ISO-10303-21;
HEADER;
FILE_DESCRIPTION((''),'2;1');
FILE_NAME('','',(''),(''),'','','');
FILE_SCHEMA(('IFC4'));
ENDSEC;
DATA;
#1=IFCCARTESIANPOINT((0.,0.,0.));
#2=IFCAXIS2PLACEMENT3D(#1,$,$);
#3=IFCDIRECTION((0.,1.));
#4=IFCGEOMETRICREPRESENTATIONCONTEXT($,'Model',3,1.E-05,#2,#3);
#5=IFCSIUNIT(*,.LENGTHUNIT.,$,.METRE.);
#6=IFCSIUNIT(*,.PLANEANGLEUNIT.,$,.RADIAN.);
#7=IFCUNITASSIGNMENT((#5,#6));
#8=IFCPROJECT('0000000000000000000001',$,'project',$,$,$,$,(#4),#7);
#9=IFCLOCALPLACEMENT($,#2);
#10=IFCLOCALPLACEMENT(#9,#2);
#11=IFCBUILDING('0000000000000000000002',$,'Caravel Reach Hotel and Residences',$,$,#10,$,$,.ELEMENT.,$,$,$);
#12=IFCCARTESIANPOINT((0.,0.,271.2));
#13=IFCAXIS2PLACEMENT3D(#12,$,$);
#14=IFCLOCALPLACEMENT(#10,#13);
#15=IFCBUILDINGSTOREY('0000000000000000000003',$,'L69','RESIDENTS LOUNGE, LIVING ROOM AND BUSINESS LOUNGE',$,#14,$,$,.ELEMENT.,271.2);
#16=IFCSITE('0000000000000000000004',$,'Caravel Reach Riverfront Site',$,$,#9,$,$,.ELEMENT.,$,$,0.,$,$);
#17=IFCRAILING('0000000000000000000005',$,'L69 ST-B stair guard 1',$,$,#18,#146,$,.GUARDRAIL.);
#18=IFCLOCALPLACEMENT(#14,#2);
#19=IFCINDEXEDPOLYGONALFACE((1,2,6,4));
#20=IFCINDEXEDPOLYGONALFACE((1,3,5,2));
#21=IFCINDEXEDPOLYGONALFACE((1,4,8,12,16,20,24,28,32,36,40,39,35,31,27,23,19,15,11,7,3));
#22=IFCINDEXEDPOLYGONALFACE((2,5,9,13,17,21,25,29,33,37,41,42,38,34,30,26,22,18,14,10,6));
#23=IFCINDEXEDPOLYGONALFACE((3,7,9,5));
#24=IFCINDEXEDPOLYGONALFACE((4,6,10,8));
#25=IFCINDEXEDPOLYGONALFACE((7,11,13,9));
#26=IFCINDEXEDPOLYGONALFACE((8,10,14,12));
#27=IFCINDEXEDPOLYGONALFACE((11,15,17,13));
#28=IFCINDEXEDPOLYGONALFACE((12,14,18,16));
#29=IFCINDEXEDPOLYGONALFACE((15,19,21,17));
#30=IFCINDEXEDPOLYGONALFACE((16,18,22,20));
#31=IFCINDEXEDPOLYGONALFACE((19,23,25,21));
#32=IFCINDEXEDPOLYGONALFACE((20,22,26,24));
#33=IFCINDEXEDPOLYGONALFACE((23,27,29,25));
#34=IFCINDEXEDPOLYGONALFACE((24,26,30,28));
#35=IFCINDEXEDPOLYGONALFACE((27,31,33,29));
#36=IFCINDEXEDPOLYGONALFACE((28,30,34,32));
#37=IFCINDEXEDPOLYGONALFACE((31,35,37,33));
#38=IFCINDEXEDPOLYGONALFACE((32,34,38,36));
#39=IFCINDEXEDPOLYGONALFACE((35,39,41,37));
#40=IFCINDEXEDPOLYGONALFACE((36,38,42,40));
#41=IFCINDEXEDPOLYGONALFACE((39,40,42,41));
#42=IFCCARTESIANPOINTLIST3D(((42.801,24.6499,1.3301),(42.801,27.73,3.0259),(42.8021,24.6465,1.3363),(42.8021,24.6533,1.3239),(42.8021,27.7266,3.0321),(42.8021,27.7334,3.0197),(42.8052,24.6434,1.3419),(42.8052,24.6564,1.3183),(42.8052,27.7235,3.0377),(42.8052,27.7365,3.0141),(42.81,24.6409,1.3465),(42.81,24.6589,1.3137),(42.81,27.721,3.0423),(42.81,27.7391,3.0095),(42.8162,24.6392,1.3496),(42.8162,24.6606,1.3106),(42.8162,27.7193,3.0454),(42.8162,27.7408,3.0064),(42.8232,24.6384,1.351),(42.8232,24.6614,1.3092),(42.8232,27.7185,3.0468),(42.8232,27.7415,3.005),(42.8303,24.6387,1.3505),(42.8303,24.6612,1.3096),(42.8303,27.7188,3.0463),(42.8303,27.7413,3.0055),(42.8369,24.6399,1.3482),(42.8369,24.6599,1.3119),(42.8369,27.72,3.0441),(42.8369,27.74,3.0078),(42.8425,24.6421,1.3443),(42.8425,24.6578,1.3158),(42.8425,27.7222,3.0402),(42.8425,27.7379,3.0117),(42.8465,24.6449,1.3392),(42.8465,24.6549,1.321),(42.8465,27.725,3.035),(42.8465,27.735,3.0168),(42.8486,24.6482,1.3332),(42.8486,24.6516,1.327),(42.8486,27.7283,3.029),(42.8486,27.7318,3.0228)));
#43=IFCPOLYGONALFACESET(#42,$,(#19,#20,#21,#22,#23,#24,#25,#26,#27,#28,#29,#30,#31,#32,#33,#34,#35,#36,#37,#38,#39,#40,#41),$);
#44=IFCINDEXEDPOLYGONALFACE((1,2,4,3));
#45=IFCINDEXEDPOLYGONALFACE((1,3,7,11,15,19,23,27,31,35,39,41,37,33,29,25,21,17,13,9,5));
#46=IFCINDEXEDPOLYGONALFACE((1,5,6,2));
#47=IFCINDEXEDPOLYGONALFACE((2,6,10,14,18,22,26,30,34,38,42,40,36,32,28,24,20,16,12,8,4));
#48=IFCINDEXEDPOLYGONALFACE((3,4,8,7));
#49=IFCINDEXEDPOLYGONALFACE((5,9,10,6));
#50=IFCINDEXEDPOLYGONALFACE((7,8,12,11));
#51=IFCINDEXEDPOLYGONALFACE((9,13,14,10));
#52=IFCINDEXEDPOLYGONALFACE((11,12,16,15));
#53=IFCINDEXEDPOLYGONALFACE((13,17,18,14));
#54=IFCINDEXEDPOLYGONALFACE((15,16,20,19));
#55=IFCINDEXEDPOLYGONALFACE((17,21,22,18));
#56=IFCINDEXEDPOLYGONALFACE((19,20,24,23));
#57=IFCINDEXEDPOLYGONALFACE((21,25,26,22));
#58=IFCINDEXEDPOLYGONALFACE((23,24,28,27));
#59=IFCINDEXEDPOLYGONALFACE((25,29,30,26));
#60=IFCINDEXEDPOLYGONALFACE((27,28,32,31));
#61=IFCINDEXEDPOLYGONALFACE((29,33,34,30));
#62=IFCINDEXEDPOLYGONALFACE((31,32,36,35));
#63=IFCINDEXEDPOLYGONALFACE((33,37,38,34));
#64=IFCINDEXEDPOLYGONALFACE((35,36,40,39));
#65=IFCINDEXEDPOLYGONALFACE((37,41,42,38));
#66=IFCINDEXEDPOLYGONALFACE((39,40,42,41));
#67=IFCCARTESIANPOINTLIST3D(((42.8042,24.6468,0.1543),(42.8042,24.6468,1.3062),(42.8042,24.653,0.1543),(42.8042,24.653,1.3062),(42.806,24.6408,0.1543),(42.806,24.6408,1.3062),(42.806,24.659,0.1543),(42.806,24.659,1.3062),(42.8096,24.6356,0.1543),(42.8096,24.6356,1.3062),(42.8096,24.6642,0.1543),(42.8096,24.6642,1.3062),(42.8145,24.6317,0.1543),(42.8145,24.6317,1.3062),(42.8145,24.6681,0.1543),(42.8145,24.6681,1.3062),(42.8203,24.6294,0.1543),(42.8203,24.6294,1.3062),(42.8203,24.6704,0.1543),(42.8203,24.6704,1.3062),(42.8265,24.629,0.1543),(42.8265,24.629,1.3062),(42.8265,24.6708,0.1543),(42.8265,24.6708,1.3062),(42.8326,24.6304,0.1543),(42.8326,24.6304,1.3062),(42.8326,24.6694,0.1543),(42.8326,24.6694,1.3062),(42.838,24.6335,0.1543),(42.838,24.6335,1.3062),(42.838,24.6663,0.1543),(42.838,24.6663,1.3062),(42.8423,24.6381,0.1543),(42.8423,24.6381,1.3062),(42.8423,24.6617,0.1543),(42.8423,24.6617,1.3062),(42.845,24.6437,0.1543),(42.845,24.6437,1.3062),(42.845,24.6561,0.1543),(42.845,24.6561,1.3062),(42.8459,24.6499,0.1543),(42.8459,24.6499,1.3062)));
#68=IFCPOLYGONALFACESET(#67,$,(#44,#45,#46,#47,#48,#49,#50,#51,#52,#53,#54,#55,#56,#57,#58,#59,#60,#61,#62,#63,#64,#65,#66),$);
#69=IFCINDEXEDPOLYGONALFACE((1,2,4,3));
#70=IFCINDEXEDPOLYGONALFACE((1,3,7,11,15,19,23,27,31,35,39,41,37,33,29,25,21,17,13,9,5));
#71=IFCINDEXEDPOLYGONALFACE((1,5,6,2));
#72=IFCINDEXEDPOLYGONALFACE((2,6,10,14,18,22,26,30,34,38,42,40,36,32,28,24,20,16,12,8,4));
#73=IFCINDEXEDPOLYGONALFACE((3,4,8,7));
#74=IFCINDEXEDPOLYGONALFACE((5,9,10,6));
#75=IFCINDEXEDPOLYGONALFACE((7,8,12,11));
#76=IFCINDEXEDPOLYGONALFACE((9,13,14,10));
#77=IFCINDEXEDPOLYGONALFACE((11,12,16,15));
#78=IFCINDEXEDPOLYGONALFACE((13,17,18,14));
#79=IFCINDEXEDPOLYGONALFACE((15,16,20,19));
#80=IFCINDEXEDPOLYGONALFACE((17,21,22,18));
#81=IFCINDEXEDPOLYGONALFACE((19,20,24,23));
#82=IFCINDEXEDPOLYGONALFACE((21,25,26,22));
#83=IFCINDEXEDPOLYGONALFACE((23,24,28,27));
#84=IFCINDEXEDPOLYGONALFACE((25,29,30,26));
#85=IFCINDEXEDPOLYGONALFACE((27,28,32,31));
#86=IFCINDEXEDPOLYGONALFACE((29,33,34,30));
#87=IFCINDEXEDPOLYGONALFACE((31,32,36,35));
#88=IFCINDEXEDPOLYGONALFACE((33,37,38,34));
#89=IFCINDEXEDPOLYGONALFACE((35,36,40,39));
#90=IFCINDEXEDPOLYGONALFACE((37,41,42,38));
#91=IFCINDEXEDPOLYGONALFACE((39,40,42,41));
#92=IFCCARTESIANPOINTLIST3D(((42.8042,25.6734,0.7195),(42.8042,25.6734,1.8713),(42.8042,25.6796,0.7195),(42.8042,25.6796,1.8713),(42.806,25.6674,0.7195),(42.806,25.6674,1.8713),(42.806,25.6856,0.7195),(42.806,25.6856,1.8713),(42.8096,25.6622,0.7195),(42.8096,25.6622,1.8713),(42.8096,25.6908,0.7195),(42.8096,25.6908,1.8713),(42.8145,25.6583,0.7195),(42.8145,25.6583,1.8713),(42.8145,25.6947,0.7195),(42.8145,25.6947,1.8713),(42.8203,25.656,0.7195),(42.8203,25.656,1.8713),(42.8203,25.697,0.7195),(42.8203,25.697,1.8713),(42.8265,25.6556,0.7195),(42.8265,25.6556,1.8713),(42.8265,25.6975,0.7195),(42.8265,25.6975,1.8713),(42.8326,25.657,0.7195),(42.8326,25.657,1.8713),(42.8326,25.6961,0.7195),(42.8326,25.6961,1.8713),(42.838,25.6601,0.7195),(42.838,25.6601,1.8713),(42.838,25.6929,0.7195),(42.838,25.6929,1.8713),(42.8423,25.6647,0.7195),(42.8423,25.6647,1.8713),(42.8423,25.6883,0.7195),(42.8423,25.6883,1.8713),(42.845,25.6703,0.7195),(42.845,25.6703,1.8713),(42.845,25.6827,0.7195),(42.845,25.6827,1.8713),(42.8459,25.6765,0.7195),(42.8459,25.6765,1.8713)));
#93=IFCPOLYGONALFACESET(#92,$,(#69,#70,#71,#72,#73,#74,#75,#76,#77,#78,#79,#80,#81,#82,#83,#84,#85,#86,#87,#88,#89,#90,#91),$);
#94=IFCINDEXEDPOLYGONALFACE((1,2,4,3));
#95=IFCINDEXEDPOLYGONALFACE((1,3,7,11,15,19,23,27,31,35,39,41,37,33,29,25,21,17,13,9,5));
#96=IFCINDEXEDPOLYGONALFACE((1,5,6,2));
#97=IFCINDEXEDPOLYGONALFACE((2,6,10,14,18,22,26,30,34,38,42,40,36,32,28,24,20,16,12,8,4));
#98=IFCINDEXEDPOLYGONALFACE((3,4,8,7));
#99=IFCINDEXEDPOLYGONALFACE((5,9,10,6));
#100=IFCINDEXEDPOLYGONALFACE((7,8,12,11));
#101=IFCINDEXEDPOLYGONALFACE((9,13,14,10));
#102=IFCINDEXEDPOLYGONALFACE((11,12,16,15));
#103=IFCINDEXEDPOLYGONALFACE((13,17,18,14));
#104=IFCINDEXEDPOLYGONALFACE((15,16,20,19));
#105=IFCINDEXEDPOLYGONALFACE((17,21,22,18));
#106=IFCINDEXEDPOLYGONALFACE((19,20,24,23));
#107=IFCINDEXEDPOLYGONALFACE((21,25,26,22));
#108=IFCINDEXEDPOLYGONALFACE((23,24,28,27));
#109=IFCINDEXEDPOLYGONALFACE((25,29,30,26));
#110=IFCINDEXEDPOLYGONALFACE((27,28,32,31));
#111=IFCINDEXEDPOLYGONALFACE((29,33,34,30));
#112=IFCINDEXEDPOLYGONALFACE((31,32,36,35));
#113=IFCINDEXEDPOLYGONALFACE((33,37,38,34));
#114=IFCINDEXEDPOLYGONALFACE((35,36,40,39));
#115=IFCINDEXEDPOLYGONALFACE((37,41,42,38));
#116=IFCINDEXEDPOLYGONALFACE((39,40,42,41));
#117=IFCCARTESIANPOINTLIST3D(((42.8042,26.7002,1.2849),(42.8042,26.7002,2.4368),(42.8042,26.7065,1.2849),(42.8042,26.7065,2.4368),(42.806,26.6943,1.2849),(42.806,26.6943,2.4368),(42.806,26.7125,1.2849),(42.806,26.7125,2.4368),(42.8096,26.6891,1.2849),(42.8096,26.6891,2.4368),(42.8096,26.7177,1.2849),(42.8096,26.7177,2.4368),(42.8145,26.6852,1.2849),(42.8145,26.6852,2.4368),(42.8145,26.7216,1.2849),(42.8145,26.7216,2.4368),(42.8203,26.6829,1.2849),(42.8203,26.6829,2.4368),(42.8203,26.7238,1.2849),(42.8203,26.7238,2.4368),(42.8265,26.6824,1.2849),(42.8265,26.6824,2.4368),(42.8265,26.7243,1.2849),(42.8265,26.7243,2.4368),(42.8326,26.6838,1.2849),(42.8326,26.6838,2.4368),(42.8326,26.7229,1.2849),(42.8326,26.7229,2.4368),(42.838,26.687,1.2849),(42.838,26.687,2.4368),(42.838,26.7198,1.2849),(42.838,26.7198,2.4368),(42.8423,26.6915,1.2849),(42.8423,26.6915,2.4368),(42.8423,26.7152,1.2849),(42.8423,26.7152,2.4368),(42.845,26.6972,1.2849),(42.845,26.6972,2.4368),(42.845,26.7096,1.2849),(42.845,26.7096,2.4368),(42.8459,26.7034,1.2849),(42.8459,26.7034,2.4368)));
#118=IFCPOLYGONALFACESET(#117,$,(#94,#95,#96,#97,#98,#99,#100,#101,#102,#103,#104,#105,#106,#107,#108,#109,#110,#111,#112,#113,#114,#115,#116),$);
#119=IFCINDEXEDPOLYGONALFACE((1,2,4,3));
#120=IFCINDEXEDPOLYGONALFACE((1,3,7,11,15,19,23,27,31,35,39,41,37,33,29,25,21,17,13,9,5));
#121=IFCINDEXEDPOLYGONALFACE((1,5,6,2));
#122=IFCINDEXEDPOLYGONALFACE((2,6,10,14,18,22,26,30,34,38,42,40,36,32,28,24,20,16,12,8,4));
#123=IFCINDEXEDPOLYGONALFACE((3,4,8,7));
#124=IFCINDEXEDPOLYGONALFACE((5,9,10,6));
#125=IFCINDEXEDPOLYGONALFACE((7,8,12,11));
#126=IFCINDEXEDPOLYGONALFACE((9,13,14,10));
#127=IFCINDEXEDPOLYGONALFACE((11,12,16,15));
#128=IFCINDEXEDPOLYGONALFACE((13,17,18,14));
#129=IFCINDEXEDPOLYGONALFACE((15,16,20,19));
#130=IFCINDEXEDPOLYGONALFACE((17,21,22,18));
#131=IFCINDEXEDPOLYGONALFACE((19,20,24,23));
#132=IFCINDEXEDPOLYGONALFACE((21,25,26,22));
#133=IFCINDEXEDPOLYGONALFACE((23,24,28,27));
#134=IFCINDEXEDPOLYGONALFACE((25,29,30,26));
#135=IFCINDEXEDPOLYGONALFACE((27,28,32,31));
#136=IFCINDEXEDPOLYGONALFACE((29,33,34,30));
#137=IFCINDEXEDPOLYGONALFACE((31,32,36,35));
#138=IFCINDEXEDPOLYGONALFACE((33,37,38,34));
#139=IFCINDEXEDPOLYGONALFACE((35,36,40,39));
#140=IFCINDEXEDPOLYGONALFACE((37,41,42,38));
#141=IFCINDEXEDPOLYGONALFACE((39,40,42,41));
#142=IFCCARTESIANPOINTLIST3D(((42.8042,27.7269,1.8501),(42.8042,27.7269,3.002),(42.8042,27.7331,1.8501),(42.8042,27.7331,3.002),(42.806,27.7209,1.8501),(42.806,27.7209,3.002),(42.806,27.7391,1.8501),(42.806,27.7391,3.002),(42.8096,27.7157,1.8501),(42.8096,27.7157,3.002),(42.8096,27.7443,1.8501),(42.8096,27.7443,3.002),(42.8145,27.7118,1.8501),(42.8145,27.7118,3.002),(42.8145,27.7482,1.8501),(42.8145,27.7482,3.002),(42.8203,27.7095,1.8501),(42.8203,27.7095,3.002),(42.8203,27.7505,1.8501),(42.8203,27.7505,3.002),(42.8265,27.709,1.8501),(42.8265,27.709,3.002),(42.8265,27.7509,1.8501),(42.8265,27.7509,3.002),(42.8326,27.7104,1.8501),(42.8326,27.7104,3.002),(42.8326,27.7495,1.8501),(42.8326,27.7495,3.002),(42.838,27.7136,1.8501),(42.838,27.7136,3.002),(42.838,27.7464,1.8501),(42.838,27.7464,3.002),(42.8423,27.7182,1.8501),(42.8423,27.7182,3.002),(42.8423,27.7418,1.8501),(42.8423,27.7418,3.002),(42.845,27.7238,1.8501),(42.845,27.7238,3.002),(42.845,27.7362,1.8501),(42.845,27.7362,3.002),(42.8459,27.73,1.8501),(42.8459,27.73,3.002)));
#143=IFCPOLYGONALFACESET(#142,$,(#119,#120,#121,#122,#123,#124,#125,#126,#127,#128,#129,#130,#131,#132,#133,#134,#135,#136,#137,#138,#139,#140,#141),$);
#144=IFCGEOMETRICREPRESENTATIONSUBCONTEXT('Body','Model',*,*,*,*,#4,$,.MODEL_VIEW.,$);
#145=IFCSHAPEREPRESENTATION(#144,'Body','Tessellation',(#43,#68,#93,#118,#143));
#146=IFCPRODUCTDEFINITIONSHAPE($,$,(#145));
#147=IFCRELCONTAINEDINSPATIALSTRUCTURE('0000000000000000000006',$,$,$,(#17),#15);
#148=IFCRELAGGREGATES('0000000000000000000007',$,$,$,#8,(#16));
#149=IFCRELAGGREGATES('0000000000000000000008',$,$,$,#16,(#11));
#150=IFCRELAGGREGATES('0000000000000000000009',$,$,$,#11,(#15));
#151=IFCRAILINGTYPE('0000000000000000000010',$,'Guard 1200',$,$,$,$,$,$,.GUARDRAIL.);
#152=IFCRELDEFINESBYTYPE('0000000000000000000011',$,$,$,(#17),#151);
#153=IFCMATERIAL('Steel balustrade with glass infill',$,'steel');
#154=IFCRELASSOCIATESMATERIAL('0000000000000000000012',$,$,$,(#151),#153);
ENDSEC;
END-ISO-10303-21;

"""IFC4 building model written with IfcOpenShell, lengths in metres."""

from ifc_helpers import new_model, si_unit, direction, frame, origin, origin_2d, place, context, subcontext, project, spatial, circle, extrude, material, type_object, element, save


model = new_model("IFC4")

# Units and contexts
model_context = context("Model", 3, precision=1e-05, world=origin(), true_north=direction((0.0, 1.0)))
body_context = subcontext(model_context, "Body", "Model", "MODEL_VIEW")
ifc_project = project(units=[si_unit("LENGTHUNIT", "METRE"), si_unit("PLANEANGLEUNIT", "RADIAN")], contexts=[model_context])

# Site, building, storey
site_placement = place(None, origin())
site = spatial("IfcSite", under=ifc_project, at=site_placement, Name="Caravel Reach Riverfront Site", CompositionType="ELEMENT", RefElevation=0.0)
building_placement = place(site_placement, origin())
building = spatial("IfcBuilding", under=site, at=building_placement, Name="Caravel Reach Hotel and Residences", CompositionType="ELEMENT")
storey_placement = place(building_placement, frame((0.0, 0.0, 271.2)))
storey = spatial("IfcBuildingStorey", under=building, at=storey_placement, Name="L69", Description="RESIDENTS LOUNGE, LIVING ROOM AND BUSINESS LOUNGE", CompositionType="ELEMENT", Elevation=271.2)

# Railing
ifc_material_1 = material(Name="Steel balustrade with glass infill", Category="steel")
railing_type_1 = type_object("IfcRailingType", Name="Guard 1200", PredefinedType="GUARDRAIL", material=ifc_material_1)
railing_1_placement = place(storey_placement, frame((42.825, 24.6499, 0.1543)))
element("IfcRailing", 1, at=railing_1_placement, inside=storey, type_object=railing_type_1, Name="L69 ST-B stair guard 1", PredefinedType="GUARDRAIL", context=body_context, shape_type="SweptSolid", body=[
    extrude(circle(Radius=0.0239, at=origin_2d()), frame((0.0, 0.0, 1.1758), z_axis=(0.0, 0.876005, 0.482303), x_axis=(-1.0, 0.0, 0.0)), (0.0, 0.0, 1.0), 3.5161),
    extrude(circle(Radius=0.021, at=origin_2d()), origin(), (0.0, 0.0, 1.0), 1.1519),
    extrude(circle(Radius=0.021, at=origin_2d()), frame((0.0, 1.0266, 0.5652)), (0.0, 0.0, 1.0), 1.1519),
    extrude(circle(Radius=0.021, at=origin_2d()), frame((0.0, 2.0535, 1.1306)), (0.0, 0.0, 1.0), 1.1519),
    extrude(circle(Radius=0.021, at=origin_2d()), frame((0.0, 3.0801, 1.6958)), (0.0, 0.0, 1.0), 1.1519),
])

save(model, "model.ifc")
